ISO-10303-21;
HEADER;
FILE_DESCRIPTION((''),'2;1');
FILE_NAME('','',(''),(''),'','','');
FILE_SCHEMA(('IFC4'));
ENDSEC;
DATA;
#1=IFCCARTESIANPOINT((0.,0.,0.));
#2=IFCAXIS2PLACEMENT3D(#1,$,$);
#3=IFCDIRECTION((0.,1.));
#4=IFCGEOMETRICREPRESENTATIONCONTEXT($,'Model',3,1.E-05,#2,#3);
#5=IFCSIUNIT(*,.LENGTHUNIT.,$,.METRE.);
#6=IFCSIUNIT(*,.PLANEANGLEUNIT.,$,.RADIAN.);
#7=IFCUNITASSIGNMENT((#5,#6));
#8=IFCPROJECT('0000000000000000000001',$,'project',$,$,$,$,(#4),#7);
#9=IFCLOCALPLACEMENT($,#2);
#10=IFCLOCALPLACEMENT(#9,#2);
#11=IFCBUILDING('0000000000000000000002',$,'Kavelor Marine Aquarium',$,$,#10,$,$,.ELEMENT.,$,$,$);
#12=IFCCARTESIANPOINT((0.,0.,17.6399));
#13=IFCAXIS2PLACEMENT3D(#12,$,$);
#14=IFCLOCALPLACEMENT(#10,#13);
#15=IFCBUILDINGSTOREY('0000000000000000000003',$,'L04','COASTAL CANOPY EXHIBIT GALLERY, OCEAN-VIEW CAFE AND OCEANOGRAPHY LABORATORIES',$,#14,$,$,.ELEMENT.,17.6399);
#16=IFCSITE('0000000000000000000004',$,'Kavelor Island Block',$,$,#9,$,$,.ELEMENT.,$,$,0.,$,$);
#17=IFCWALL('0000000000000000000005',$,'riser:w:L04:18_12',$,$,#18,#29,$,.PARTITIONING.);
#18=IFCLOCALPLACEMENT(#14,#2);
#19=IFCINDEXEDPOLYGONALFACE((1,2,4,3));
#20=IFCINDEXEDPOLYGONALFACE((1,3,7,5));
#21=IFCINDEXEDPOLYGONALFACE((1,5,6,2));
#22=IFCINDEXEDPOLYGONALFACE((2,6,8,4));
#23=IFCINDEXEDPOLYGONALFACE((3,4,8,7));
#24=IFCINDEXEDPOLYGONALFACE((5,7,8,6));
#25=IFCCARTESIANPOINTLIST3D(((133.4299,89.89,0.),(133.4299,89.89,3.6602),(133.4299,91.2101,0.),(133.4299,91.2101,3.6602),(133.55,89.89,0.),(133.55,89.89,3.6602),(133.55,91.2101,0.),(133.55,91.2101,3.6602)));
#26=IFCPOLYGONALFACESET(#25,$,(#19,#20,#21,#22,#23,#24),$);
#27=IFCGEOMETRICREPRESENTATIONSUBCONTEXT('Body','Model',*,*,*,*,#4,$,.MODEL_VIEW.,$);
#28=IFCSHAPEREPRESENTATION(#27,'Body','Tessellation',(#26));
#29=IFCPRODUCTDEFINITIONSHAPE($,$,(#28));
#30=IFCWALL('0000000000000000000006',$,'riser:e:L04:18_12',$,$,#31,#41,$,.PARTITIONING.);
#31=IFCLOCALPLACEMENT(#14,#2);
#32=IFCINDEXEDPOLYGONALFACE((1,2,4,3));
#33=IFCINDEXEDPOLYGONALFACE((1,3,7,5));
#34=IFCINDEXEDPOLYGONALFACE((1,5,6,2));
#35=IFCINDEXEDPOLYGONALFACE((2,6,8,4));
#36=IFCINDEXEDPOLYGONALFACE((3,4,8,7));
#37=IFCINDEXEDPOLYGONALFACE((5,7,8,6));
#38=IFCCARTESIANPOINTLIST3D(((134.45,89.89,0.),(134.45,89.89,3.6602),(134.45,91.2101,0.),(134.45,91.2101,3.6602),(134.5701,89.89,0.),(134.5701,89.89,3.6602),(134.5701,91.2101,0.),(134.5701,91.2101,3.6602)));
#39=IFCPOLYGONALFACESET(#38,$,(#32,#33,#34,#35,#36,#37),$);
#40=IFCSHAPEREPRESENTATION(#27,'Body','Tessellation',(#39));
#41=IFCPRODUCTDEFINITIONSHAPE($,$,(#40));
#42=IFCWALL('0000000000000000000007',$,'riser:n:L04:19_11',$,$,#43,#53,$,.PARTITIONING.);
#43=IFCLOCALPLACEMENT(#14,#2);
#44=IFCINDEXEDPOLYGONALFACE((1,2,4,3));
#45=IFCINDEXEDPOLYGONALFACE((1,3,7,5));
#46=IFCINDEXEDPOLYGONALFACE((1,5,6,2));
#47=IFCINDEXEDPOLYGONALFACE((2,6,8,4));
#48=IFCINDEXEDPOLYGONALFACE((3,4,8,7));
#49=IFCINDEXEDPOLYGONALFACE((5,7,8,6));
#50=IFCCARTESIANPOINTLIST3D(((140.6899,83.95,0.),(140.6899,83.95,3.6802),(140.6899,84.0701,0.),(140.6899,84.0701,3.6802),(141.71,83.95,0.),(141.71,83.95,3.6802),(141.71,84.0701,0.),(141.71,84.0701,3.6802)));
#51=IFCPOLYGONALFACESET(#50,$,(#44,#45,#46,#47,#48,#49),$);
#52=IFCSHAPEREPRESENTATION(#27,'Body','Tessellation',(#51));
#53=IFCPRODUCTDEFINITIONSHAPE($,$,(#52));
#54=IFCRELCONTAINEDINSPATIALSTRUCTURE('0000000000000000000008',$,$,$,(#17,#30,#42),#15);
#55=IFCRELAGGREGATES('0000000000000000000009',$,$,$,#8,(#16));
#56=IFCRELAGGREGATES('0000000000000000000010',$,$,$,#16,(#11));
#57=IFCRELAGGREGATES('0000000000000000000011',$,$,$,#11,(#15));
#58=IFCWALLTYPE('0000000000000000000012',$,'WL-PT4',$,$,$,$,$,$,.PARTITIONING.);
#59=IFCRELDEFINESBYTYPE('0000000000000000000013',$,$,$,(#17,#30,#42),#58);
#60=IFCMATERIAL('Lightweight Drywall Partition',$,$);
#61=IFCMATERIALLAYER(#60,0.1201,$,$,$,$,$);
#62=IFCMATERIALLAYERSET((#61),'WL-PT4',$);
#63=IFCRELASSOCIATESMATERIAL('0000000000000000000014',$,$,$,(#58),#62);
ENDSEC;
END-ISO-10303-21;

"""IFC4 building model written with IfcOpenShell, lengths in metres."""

from ifc_helpers import new_model, si_unit, direction, frame, frame_2d, origin, place, context, subcontext, project, spatial, rectangle, extrude, material, layer, layer_set, type_object, element, save


model = new_model("IFC4")

# Units and contexts
model_context = context("Model", 3, precision=1e-05, world=origin(), true_north=direction((0.0, 1.0)))
body_context = subcontext(model_context, "Body", "Model", "MODEL_VIEW")
ifc_project = project(units=[si_unit("LENGTHUNIT", "METRE"), si_unit("PLANEANGLEUNIT", "RADIAN")], contexts=[model_context])

# Site, building, storey
site_placement = place(None, origin())
site = spatial("IfcSite", under=ifc_project, at=site_placement, Name="Kavelor Island Block", CompositionType="ELEMENT", RefElevation=0.0)
building_placement = place(site_placement, origin())
building = spatial("IfcBuilding", under=site, at=building_placement, Name="Kavelor Marine Aquarium", CompositionType="ELEMENT")
storey_placement = place(building_placement, frame((0.0, 0.0, 17.6399)))
storey = spatial("IfcBuildingStorey", under=building, at=storey_placement, Name="L04", Description="COASTAL CANOPY EXHIBIT GALLERY, OCEAN-VIEW CAFE AND OCEANOGRAPHY LABORATORIES", CompositionType="ELEMENT", Elevation=17.6399)

# Walls
ifc_material_1 = material(Name="Lightweight Drywall Partition")
ifc_layer_1 = layer(ifc_material_1, 0.1201)
ifc_layer_set_1 = layer_set([ifc_layer_1], Name="WL-PT4")
wall_type_1 = type_object("IfcWallType", Name="WL-PT4", PredefinedType="PARTITIONING", material=ifc_layer_set_1)
for number, where, z_axis, x_axis, name in (
    (1, (133.49, 89.8899, 0.0), (0.0, 0.0, 1.0), (0.0, 1.0, 0.0), "riser:w:L04:18_12"),
    (2, (134.51, 89.8899, 0.0), (0.0, 0.0, 1.0), (0.0, 1.0, 0.0), "riser:e:L04:18_12"),
):
    element("IfcWall", number, at=place(storey_placement, frame(where, z_axis=z_axis, x_axis=x_axis)), inside=storey, type_object=wall_type_1, Name=name, PredefinedType="PARTITIONING", context=body_context, shape_type="SweptSolid", body=[
        extrude(rectangle(XDim=1.3201, YDim=0.1201, at=frame_2d((0.6602, 0.0))), origin(), (0.0, 0.0, 1.0), 3.6602),
    ])
wall_1_placement = place(storey_placement, frame((140.6899, 84.01, 0.0), z_axis=(0.0, 0.0, 1.0), x_axis=(1.0, 0.0, 0.0)))
element("IfcWall", 3, at=wall_1_placement, inside=storey, type_object=wall_type_1, Name="riser:n:L04:19_11", PredefinedType="PARTITIONING", context=body_context, shape_type="SweptSolid", body=[
    extrude(rectangle(XDim=1.02, YDim=0.1201, at=frame_2d((0.51, 0.0))), origin(), (0.0, 0.0, 1.0), 3.6802),
])

save(model, "model.ifc")
